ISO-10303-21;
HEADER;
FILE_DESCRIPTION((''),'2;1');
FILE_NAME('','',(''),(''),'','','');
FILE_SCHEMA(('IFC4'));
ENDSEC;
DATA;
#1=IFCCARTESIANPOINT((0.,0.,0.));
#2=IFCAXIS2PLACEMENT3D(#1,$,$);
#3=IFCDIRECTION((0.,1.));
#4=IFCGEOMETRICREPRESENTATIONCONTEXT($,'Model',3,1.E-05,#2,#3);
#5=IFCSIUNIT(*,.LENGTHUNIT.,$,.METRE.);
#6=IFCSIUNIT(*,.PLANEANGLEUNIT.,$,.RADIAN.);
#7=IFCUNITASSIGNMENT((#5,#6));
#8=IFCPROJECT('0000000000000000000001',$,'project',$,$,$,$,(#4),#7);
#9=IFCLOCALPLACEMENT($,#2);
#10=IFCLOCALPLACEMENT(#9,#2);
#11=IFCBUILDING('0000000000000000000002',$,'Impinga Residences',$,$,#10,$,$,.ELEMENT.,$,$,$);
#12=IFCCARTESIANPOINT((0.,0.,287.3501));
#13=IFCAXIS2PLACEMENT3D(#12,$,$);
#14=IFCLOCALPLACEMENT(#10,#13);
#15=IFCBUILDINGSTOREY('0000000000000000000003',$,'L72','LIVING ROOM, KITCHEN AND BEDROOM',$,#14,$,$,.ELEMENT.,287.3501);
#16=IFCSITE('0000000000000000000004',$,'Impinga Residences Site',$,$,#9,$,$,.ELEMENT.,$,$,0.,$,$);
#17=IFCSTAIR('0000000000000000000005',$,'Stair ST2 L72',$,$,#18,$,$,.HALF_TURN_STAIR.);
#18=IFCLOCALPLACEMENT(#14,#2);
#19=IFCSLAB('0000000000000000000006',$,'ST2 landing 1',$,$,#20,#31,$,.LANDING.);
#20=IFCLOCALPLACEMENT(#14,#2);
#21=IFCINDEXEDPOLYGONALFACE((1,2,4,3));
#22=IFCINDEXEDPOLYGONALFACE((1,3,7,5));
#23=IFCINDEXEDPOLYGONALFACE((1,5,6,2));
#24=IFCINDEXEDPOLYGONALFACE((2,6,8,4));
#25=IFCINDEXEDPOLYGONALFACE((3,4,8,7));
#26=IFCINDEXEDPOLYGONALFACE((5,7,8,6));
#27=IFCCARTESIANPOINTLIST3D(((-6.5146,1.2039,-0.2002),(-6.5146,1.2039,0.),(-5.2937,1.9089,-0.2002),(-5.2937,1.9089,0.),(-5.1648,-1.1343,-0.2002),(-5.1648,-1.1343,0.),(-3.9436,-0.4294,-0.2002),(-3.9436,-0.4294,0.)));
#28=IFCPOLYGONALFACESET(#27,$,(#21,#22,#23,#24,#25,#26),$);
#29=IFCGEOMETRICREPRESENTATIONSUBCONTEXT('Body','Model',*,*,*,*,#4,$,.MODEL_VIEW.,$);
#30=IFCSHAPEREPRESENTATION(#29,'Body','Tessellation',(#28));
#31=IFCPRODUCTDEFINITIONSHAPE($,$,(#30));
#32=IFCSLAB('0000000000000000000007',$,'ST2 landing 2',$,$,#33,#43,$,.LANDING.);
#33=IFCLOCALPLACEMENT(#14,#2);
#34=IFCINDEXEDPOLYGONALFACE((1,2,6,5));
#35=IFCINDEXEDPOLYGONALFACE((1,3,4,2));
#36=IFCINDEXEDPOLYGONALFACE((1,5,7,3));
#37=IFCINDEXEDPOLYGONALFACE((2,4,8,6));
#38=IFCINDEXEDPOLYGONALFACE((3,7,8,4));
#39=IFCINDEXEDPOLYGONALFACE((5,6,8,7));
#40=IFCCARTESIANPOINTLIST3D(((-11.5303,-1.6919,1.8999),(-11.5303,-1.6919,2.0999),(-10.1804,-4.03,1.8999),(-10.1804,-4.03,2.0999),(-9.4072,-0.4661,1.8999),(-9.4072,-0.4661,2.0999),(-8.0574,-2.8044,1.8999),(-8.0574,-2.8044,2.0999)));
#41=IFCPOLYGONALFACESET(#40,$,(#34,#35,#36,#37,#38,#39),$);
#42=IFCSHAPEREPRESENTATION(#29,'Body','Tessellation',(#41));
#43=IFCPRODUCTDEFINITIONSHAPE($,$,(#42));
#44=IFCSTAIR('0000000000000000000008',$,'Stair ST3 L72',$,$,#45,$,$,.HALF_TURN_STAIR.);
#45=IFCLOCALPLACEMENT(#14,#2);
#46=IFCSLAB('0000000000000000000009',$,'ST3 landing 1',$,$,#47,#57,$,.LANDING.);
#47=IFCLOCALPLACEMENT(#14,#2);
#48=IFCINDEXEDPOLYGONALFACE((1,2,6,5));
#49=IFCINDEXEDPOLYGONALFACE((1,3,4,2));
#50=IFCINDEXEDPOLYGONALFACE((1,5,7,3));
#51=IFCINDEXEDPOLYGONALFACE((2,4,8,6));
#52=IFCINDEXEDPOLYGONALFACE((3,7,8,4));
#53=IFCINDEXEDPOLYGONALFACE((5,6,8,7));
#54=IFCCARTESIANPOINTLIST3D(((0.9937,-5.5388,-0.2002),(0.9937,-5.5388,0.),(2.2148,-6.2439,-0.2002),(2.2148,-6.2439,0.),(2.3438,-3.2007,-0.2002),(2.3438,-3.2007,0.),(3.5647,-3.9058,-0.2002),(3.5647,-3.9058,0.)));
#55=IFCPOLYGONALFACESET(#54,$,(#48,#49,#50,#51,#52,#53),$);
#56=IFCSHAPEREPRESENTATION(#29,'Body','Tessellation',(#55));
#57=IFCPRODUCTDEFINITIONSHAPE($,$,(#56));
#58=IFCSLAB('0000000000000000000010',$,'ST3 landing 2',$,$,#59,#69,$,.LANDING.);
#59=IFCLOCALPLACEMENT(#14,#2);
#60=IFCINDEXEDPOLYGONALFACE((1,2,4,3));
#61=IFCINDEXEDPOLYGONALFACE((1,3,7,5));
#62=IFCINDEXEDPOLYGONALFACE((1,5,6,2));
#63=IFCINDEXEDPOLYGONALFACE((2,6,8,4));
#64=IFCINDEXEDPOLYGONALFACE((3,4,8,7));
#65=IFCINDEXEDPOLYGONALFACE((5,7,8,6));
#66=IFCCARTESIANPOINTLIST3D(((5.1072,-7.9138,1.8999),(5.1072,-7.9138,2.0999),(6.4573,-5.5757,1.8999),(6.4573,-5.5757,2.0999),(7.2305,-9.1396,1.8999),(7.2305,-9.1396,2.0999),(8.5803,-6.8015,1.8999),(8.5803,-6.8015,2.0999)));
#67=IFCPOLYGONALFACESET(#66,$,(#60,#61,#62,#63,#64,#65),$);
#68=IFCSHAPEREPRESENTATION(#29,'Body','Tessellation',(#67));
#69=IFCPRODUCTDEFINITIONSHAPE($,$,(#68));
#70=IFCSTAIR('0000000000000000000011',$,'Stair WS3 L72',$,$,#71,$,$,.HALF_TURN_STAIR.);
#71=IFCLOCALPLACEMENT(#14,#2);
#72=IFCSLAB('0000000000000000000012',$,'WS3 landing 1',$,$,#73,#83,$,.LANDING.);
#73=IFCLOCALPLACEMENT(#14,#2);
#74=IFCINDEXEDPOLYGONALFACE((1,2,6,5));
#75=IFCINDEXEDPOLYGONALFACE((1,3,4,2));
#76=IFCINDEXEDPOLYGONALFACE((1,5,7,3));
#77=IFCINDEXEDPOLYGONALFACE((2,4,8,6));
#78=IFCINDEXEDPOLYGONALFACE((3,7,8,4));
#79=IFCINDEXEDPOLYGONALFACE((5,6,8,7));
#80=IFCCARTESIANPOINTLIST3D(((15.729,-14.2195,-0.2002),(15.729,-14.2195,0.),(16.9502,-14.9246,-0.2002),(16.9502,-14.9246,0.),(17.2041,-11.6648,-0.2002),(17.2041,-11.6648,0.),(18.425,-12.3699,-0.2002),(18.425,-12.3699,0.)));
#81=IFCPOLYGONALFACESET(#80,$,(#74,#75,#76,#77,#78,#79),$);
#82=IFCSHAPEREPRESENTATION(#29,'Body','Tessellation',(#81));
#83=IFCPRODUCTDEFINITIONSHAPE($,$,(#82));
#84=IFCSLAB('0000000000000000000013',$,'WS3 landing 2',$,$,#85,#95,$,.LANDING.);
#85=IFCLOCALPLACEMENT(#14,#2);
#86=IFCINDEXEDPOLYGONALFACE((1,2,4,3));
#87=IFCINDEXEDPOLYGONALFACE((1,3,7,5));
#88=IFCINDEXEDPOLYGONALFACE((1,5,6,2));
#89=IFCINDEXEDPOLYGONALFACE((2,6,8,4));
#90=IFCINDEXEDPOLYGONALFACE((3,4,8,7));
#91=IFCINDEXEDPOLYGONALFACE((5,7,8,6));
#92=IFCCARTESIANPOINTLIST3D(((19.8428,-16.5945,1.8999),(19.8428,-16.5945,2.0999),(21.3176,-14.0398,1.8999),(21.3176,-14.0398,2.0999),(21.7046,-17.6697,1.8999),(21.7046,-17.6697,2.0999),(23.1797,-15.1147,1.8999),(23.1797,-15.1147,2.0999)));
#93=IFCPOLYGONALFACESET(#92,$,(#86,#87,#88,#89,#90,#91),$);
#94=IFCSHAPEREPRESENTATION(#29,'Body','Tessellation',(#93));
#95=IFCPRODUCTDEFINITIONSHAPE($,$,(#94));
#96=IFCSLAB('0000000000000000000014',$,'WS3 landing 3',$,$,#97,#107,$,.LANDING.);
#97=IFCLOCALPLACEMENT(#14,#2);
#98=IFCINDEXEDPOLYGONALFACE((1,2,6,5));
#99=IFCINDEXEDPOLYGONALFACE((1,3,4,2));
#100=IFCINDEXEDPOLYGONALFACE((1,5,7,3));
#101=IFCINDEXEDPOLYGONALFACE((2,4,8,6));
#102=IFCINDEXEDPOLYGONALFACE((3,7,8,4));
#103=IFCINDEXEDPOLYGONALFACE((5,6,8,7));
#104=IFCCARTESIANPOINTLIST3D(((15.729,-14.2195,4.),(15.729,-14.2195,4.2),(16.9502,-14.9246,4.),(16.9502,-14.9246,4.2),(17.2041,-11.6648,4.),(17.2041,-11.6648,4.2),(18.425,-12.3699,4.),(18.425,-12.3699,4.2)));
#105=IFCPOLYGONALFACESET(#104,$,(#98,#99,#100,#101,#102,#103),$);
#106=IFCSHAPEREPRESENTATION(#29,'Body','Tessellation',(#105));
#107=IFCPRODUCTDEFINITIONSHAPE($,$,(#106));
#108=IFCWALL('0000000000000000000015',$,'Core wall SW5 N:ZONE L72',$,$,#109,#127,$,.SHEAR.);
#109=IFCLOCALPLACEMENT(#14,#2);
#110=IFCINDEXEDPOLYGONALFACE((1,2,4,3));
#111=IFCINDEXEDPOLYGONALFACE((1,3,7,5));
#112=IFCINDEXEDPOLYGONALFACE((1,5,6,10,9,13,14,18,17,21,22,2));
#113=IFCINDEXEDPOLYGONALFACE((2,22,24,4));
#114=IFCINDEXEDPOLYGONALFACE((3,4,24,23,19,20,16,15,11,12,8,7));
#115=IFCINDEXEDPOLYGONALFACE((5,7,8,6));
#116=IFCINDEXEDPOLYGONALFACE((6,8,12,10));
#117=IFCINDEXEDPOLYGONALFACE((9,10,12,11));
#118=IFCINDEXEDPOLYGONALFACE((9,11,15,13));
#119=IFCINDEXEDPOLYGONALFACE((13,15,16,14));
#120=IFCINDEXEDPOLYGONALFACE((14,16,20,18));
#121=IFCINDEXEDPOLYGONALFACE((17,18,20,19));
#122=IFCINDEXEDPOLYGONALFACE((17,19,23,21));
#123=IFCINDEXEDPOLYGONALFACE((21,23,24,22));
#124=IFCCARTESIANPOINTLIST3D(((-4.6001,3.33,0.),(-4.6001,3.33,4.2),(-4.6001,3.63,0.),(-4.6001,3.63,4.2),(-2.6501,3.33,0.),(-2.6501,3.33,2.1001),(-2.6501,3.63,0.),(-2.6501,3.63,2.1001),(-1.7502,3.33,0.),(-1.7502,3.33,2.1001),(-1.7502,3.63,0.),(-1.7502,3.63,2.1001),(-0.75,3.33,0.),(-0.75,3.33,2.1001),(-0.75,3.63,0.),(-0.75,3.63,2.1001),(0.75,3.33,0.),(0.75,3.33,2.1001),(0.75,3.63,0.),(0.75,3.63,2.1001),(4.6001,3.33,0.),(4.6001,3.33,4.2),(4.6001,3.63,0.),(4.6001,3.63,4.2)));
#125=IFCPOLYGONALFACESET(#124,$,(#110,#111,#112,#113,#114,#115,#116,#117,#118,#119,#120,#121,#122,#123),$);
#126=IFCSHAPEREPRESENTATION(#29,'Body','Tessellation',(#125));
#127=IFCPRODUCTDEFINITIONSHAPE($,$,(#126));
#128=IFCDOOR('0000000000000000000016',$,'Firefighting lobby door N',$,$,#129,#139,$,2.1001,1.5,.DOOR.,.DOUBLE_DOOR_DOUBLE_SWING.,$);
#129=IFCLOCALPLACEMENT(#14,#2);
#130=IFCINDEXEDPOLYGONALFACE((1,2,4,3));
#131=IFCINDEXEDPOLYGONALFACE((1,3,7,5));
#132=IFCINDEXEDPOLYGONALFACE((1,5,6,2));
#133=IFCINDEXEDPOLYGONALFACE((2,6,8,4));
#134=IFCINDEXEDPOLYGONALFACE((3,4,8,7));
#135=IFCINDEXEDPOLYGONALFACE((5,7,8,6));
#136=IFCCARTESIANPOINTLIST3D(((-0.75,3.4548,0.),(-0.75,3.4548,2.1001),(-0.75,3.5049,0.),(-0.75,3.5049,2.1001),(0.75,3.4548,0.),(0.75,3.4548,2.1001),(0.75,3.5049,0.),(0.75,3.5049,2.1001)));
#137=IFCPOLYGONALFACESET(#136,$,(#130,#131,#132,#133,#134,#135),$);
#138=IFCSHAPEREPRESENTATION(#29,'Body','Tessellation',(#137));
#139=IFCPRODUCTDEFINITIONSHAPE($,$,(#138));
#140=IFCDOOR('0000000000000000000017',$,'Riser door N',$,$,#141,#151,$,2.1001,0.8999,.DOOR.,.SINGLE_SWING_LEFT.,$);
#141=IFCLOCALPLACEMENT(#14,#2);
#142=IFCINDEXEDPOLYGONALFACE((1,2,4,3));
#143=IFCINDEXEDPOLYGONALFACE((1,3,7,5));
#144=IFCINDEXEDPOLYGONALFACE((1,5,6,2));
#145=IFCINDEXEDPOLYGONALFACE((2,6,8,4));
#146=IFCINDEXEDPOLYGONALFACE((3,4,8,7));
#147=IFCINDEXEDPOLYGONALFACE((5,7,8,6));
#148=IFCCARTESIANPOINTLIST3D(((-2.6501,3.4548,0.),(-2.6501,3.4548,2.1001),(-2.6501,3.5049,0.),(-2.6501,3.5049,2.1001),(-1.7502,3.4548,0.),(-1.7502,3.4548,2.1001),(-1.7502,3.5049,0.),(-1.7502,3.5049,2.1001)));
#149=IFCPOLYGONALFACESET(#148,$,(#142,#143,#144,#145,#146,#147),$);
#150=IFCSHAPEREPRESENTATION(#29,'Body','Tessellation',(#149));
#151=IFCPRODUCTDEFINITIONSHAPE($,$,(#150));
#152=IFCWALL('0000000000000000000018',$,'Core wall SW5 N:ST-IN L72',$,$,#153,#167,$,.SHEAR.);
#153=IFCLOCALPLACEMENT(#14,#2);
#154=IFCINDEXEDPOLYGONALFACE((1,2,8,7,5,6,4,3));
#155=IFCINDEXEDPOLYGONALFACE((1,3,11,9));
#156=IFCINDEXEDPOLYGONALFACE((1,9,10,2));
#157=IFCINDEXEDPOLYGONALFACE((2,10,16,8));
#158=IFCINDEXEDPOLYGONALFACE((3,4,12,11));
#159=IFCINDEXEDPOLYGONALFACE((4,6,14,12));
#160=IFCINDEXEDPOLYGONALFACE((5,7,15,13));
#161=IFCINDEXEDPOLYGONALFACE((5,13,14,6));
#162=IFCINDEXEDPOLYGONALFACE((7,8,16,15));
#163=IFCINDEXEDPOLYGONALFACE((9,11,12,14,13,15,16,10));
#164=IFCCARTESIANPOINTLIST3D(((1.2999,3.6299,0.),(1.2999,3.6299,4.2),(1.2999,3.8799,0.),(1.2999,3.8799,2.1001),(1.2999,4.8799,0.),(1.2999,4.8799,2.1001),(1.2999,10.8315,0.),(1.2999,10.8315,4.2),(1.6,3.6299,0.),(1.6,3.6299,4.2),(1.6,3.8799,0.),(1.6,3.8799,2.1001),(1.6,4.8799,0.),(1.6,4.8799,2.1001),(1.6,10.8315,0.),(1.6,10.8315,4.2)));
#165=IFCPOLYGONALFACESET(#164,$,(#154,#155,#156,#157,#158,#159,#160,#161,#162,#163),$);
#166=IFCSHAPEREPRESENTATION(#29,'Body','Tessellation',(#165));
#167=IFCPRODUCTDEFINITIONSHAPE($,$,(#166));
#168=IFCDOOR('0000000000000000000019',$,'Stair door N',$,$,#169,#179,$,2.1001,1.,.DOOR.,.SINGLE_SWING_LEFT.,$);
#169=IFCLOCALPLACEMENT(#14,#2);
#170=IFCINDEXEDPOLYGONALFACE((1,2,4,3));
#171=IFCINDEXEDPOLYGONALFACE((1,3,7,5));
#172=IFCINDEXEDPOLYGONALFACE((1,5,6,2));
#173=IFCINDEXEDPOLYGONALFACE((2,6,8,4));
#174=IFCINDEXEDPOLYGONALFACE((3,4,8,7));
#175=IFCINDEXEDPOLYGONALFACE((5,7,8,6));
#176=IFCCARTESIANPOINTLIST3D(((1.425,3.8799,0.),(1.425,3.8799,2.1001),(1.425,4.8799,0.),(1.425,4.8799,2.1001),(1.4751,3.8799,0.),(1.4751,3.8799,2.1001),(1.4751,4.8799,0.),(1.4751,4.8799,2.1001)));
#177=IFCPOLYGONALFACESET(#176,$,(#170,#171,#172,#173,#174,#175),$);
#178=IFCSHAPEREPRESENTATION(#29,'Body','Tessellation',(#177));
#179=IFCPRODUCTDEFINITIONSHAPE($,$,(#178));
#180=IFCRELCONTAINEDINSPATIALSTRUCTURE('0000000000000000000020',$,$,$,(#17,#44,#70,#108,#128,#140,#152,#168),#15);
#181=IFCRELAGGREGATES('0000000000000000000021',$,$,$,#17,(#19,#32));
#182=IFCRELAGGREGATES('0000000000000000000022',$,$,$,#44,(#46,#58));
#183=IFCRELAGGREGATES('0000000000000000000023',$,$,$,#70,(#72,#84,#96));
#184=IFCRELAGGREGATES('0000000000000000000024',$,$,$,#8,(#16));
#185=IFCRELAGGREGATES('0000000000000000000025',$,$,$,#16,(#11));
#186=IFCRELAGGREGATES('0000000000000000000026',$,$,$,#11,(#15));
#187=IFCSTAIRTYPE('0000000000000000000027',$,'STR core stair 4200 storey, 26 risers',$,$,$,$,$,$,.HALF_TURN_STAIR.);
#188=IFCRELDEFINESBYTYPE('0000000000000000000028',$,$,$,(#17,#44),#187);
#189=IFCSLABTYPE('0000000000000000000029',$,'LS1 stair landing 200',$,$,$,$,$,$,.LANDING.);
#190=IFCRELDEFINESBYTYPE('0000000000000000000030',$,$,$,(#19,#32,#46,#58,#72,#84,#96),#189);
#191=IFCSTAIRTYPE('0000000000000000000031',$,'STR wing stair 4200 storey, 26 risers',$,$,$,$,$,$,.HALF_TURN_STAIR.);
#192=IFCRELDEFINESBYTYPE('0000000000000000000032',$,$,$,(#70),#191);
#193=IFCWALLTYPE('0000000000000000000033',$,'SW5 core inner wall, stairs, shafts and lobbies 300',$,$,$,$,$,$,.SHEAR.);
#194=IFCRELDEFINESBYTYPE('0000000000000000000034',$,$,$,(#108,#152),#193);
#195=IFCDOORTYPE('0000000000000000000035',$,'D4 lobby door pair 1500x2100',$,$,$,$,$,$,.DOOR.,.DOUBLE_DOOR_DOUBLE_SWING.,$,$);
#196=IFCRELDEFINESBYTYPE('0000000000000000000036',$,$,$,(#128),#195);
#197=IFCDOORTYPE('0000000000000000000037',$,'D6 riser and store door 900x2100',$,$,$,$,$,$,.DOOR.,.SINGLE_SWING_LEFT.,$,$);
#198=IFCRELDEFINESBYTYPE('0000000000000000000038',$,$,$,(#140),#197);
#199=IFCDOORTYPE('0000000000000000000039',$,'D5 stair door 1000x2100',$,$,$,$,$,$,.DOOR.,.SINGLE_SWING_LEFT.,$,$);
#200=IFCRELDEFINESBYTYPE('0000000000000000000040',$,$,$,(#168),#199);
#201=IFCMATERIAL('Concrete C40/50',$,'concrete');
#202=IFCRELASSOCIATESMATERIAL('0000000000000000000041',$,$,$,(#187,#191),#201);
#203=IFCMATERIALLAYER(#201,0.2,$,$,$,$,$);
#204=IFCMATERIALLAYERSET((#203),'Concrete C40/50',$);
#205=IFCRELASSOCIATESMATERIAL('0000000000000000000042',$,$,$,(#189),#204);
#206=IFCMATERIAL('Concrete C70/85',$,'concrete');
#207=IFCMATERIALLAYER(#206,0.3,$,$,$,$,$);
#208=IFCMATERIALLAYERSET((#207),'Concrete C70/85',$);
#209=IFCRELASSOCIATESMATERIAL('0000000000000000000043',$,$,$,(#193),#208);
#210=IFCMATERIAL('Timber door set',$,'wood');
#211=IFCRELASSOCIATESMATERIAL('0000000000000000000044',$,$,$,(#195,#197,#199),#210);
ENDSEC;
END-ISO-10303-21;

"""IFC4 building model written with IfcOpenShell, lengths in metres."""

from ifc_helpers import new_model, si_unit, direction, frame, frame_2d, origin, place, context, subcontext, project, spatial, polyline, rectangle, outline, extrude, material, layer, layer_set, type_object, element, fill, aggregate, save


model = new_model("IFC4")

# Units and contexts
model_context = context("Model", 3, precision=1e-05, world=origin(), true_north=direction((0.0, 1.0)))
body_context = subcontext(model_context, "Body", "Model", "MODEL_VIEW")
ifc_project = project(units=[si_unit("LENGTHUNIT", "METRE"), si_unit("PLANEANGLEUNIT", "RADIAN")], contexts=[model_context])

# Site, building, storey
site_placement = place(None, origin())
site = spatial("IfcSite", under=ifc_project, at=site_placement, Name="Impinga Residences Site", CompositionType="ELEMENT", RefElevation=0.0)
building_placement = place(site_placement, origin())
building = spatial("IfcBuilding", under=site, at=building_placement, Name="Impinga Residences", CompositionType="ELEMENT")
storey_placement = place(building_placement, frame((0.0, 0.0, 287.3501)))
storey = spatial("IfcBuildingStorey", under=building, at=storey_placement, Name="L72", Description="LIVING ROOM, KITCHEN AND BEDROOM", CompositionType="ELEMENT", Elevation=287.3501)

# Stairs, slabs
ifc_material_1 = material(Name="Concrete C40/50", Category="concrete")
stair_type_1 = type_object("IfcStairType", Name="STR core stair 4200 storey, 26 risers", PredefinedType="HALF_TURN_STAIR", material=ifc_material_1)
stair_1_placement = place(storey_placement, origin())
stair_1 = element("IfcStair", 1, at=stair_1_placement, inside=storey, type_object=stair_type_1, Name="Stair ST2 L72", PredefinedType="HALF_TURN_STAIR")
ifc_layer_1 = layer(ifc_material_1, 0.2)
ifc_layer_set_1 = layer_set([ifc_layer_1], Name="Concrete C40/50")
slab_type = type_object("IfcSlabType", Name="LS1 stair landing 200", PredefinedType="LANDING", material=ifc_layer_set_1)
slab_1_placement = place(storey_placement, frame((0.0, 0.0, -0.2002)))
slab_1 = element("IfcSlab", 2, at=slab_1_placement, type_object=slab_type, Name="ST2 landing 1", PredefinedType="LANDING", context=body_context, shape_type="SweptSolid", body=[
    extrude(outline(polyline([(-3.9436, -0.4294), (-5.2937, 1.9089), (-6.5146, 1.2039), (-5.1648, -1.1343), (-3.9436, -0.4294)])), origin(), (0.0, 0.0, 1.0), 0.2002),
])
slab_2_placement = place(storey_placement, frame((0.0, 0.0, 1.8999)))
slab_2 = element("IfcSlab", 3, at=slab_2_placement, type_object=slab_type, Name="ST2 landing 2", PredefinedType="LANDING", context=body_context, shape_type="SweptSolid", body=[
    extrude(outline(polyline([(-8.0574, -2.8044), (-9.4072, -0.4661), (-11.5303, -1.6919), (-10.1804, -4.03), (-8.0574, -2.8044)])), origin(), (0.0, 0.0, 1.0), 0.2),
])
aggregate(stair_1, [slab_1, slab_2])
stair_2_placement = place(storey_placement, origin())
stair_2 = element("IfcStair", 4, at=stair_2_placement, inside=storey, type_object=stair_type_1, Name="Stair ST3 L72", PredefinedType="HALF_TURN_STAIR")
slab_3_placement = place(storey_placement, frame((0.0, 0.0, -0.2002)))
slab_3 = element("IfcSlab", 5, at=slab_3_placement, type_object=slab_type, Name="ST3 landing 1", PredefinedType="LANDING", context=body_context, shape_type="SweptSolid", body=[
    extrude(outline(polyline([(2.3438, -3.2007), (0.9937, -5.5388), (2.2148, -6.2439), (3.5647, -3.9058), (2.3438, -3.2007)])), origin(), (0.0, 0.0, 1.0), 0.2002),
])
slab_4_placement = place(storey_placement, frame((0.0, 0.0, 1.8999)))
slab_4 = element("IfcSlab", 6, at=slab_4_placement, type_object=slab_type, Name="ST3 landing 2", PredefinedType="LANDING", context=body_context, shape_type="SweptSolid", body=[
    extrude(outline(polyline([(6.4573, -5.5757), (5.1072, -7.9138), (7.2305, -9.1396), (8.5803, -6.8015), (6.4573, -5.5757)])), origin(), (0.0, 0.0, 1.0), 0.2),
])
aggregate(stair_2, [slab_3, slab_4])
stair_type_2 = type_object("IfcStairType", Name="STR wing stair 4200 storey, 26 risers", PredefinedType="HALF_TURN_STAIR", material=ifc_material_1)
stair_3_placement = place(storey_placement, origin())
stair_3 = element("IfcStair", 7, at=stair_3_placement, inside=storey, type_object=stair_type_2, Name="Stair WS3 L72", PredefinedType="HALF_TURN_STAIR")
slab_5_placement = place(storey_placement, frame((0.0, 0.0, -0.2002)))
slab_5 = element("IfcSlab", 8, at=slab_5_placement, type_object=slab_type, Name="WS3 landing 1", PredefinedType="LANDING", context=body_context, shape_type="SweptSolid", body=[
    extrude(outline(polyline([(17.2041, -11.6648), (15.729, -14.2195), (16.9502, -14.9246), (18.425, -12.3699), (17.2041, -11.6648)])), origin(), (0.0, 0.0, 1.0), 0.2002),
])
slab_6_placement = place(storey_placement, frame((0.0, 0.0, 1.8999)))
slab_6 = element("IfcSlab", 9, at=slab_6_placement, type_object=slab_type, Name="WS3 landing 2", PredefinedType="LANDING", context=body_context, shape_type="SweptSolid", body=[
    extrude(outline(polyline([(21.3176, -14.0398), (19.8428, -16.5945), (21.7046, -17.6697), (23.1797, -15.1147), (21.3176, -14.0398)])), origin(), (0.0, 0.0, 1.0), 0.2),
])
slab_7_placement = place(storey_placement, frame((0.0, 0.0, 4.0)))
slab_7 = element("IfcSlab", 10, at=slab_7_placement, type_object=slab_type, Name="WS3 landing 3", PredefinedType="LANDING", context=body_context, shape_type="SweptSolid", body=[
    extrude(outline(polyline([(17.2041, -11.6648), (15.729, -14.2195), (16.9502, -14.9246), (18.425, -12.3699), (17.2041, -11.6648)])), origin(), (0.0, 0.0, 1.0), 0.2),
])
aggregate(stair_3, [slab_5, slab_6, slab_7])

# Wall, openings, doors
ifc_material_2 = material(Name="Concrete C70/85", Category="concrete")
ifc_layer_2 = layer(ifc_material_2, 0.3)
ifc_layer_set_2 = layer_set([ifc_layer_2], Name="Concrete C70/85")
wall_type = type_object("IfcWallType", Name="SW5 core inner wall, stairs, shafts and lobbies 300", PredefinedType="SHEAR", material=ifc_layer_set_2)
wall_1_placement = place(storey_placement, frame((-4.6001, 3.48, 0.0), z_axis=(0.0, 0.0, 1.0), x_axis=(1.0, 0.0, 0.0)))
wall_1 = element("IfcWall", 11, at=wall_1_placement, inside=storey, type_object=wall_type, Name="Core wall SW5 N:ZONE L72", PredefinedType="SHEAR", context=body_context, shape_type="SweptSolid", body=[
    extrude(rectangle(XDim=9.2002, YDim=0.3, at=frame_2d((4.6001, 0.0))), origin(), (0.0, 0.0, 1.0), 4.2),
])
opening_1_placement = place(wall_1_placement, frame((3.8501, 0.0, 0.0)))
opening_1 = element("IfcOpeningElement", 12, at=opening_1_placement, cuts=wall_1, PredefinedType="OPENING", context=body_context, shape_type="SweptSolid", body=[
    extrude(rectangle(XDim=1.5, YDim=2.1001, at=frame_2d((0.75, 1.05))), frame((0.0, 0.1599, 0.0), z_axis=(0.0, -1.0, 0.0), x_axis=(1.0, 0.0, 0.0)), (0.0, 0.0, 1.0), 0.3201),
])
opening_2_placement = place(wall_1_placement, frame((1.95, 0.0, 0.0)))
opening_2 = element("IfcOpeningElement", 13, at=opening_2_placement, cuts=wall_1, PredefinedType="OPENING", context=body_context, shape_type="SweptSolid", body=[
    extrude(rectangle(XDim=0.8999, YDim=2.1001, at=frame_2d((0.45, 1.05))), frame((0.0, 0.1599, 0.0), z_axis=(0.0, -1.0, 0.0), x_axis=(1.0, 0.0, 0.0)), (0.0, 0.0, 1.0), 0.3201),
])
ifc_material_3 = material(Name="Timber door set", Category="wood")
door_type_1 = type_object("IfcDoorType", Name="D4 lobby door pair 1500x2100", OperationType="DOUBLE_DOOR_DOUBLE_SWING", PredefinedType="DOOR", material=ifc_material_3)
door_1_placement = place(opening_1_placement, origin())
door_1 = element("IfcDoor", 14, at=door_1_placement, inside=storey, type_object=door_type_1, Name="Firefighting lobby door N", OperationType="DOUBLE_DOOR_DOUBLE_SWING", OverallHeight=2.1001, OverallWidth=1.5, PredefinedType="DOOR", context=body_context, shape_type="SweptSolid", body=[
    extrude(rectangle(XDim=1.5, YDim=2.1001, at=frame_2d((0.75, 1.05))), frame((0.0, 0.0249, 0.0), z_axis=(0.0, -1.0, 0.0), x_axis=(1.0, 0.0, 0.0)), (0.0, 0.0, 1.0), 0.05),
])
fill(opening_1, door_1)
door_type_2 = type_object("IfcDoorType", Name="D6 riser and store door 900x2100", OperationType="SINGLE_SWING_LEFT", PredefinedType="DOOR", material=ifc_material_3)
door_2_placement = place(opening_2_placement, origin())
door_2 = element("IfcDoor", 15, at=door_2_placement, inside=storey, type_object=door_type_2, Name="Riser door N", OperationType="SINGLE_SWING_LEFT", OverallHeight=2.1001, OverallWidth=0.8999, PredefinedType="DOOR", context=body_context, shape_type="SweptSolid", body=[
    extrude(rectangle(XDim=0.8999, YDim=2.1001, at=frame_2d((0.45, 1.05))), frame((0.0, 0.0249, 0.0), z_axis=(0.0, -1.0, 0.0), x_axis=(1.0, 0.0, 0.0)), (0.0, 0.0, 1.0), 0.05),
])
fill(opening_2, door_2)

# Wall, opening, door
wall_2_placement = place(storey_placement, frame((1.45, 3.6299, 0.0), z_axis=(0.0, 0.0, 1.0), x_axis=(0.0, 1.0, 0.0)))
wall_2 = element("IfcWall", 16, at=wall_2_placement, inside=storey, type_object=wall_type, Name="Core wall SW5 N:ST-IN L72", PredefinedType="SHEAR", context=body_context, shape_type="SweptSolid", body=[
    extrude(rectangle(XDim=7.2017, YDim=0.3, at=frame_2d((3.6008, 0.0))), origin(), (0.0, 0.0, 1.0), 4.2),
])
opening_3_placement = place(wall_2_placement, frame((0.25, 0.0, 0.0)))
opening_3 = element("IfcOpeningElement", 17, at=opening_3_placement, cuts=wall_2, PredefinedType="OPENING", context=body_context, shape_type="SweptSolid", body=[
    extrude(rectangle(XDim=1.0, YDim=2.1001, at=frame_2d((0.5, 1.05))), frame((0.0, 0.1599, 0.0), z_axis=(0.0, -1.0, 0.0), x_axis=(1.0, 0.0, 0.0)), (0.0, 0.0, 1.0), 0.3201),
])
door_type_3 = type_object("IfcDoorType", Name="D5 stair door 1000x2100", OperationType="SINGLE_SWING_LEFT", PredefinedType="DOOR", material=ifc_material_3)
door_3_placement = place(opening_3_placement, origin())
door_3 = element("IfcDoor", 18, at=door_3_placement, inside=storey, type_object=door_type_3, Name="Stair door N", OperationType="SINGLE_SWING_LEFT", OverallHeight=2.1001, OverallWidth=1.0, PredefinedType="DOOR", context=body_context, shape_type="SweptSolid", body=[
    extrude(rectangle(XDim=1.0, YDim=2.1001, at=frame_2d((0.5, 1.05))), frame((0.0, 0.0249, 0.0), z_axis=(0.0, -1.0, 0.0), x_axis=(1.0, 0.0, 0.0)), (0.0, 0.0, 1.0), 0.05),
])
fill(opening_3, door_3)

save(model, "model.ifc")
